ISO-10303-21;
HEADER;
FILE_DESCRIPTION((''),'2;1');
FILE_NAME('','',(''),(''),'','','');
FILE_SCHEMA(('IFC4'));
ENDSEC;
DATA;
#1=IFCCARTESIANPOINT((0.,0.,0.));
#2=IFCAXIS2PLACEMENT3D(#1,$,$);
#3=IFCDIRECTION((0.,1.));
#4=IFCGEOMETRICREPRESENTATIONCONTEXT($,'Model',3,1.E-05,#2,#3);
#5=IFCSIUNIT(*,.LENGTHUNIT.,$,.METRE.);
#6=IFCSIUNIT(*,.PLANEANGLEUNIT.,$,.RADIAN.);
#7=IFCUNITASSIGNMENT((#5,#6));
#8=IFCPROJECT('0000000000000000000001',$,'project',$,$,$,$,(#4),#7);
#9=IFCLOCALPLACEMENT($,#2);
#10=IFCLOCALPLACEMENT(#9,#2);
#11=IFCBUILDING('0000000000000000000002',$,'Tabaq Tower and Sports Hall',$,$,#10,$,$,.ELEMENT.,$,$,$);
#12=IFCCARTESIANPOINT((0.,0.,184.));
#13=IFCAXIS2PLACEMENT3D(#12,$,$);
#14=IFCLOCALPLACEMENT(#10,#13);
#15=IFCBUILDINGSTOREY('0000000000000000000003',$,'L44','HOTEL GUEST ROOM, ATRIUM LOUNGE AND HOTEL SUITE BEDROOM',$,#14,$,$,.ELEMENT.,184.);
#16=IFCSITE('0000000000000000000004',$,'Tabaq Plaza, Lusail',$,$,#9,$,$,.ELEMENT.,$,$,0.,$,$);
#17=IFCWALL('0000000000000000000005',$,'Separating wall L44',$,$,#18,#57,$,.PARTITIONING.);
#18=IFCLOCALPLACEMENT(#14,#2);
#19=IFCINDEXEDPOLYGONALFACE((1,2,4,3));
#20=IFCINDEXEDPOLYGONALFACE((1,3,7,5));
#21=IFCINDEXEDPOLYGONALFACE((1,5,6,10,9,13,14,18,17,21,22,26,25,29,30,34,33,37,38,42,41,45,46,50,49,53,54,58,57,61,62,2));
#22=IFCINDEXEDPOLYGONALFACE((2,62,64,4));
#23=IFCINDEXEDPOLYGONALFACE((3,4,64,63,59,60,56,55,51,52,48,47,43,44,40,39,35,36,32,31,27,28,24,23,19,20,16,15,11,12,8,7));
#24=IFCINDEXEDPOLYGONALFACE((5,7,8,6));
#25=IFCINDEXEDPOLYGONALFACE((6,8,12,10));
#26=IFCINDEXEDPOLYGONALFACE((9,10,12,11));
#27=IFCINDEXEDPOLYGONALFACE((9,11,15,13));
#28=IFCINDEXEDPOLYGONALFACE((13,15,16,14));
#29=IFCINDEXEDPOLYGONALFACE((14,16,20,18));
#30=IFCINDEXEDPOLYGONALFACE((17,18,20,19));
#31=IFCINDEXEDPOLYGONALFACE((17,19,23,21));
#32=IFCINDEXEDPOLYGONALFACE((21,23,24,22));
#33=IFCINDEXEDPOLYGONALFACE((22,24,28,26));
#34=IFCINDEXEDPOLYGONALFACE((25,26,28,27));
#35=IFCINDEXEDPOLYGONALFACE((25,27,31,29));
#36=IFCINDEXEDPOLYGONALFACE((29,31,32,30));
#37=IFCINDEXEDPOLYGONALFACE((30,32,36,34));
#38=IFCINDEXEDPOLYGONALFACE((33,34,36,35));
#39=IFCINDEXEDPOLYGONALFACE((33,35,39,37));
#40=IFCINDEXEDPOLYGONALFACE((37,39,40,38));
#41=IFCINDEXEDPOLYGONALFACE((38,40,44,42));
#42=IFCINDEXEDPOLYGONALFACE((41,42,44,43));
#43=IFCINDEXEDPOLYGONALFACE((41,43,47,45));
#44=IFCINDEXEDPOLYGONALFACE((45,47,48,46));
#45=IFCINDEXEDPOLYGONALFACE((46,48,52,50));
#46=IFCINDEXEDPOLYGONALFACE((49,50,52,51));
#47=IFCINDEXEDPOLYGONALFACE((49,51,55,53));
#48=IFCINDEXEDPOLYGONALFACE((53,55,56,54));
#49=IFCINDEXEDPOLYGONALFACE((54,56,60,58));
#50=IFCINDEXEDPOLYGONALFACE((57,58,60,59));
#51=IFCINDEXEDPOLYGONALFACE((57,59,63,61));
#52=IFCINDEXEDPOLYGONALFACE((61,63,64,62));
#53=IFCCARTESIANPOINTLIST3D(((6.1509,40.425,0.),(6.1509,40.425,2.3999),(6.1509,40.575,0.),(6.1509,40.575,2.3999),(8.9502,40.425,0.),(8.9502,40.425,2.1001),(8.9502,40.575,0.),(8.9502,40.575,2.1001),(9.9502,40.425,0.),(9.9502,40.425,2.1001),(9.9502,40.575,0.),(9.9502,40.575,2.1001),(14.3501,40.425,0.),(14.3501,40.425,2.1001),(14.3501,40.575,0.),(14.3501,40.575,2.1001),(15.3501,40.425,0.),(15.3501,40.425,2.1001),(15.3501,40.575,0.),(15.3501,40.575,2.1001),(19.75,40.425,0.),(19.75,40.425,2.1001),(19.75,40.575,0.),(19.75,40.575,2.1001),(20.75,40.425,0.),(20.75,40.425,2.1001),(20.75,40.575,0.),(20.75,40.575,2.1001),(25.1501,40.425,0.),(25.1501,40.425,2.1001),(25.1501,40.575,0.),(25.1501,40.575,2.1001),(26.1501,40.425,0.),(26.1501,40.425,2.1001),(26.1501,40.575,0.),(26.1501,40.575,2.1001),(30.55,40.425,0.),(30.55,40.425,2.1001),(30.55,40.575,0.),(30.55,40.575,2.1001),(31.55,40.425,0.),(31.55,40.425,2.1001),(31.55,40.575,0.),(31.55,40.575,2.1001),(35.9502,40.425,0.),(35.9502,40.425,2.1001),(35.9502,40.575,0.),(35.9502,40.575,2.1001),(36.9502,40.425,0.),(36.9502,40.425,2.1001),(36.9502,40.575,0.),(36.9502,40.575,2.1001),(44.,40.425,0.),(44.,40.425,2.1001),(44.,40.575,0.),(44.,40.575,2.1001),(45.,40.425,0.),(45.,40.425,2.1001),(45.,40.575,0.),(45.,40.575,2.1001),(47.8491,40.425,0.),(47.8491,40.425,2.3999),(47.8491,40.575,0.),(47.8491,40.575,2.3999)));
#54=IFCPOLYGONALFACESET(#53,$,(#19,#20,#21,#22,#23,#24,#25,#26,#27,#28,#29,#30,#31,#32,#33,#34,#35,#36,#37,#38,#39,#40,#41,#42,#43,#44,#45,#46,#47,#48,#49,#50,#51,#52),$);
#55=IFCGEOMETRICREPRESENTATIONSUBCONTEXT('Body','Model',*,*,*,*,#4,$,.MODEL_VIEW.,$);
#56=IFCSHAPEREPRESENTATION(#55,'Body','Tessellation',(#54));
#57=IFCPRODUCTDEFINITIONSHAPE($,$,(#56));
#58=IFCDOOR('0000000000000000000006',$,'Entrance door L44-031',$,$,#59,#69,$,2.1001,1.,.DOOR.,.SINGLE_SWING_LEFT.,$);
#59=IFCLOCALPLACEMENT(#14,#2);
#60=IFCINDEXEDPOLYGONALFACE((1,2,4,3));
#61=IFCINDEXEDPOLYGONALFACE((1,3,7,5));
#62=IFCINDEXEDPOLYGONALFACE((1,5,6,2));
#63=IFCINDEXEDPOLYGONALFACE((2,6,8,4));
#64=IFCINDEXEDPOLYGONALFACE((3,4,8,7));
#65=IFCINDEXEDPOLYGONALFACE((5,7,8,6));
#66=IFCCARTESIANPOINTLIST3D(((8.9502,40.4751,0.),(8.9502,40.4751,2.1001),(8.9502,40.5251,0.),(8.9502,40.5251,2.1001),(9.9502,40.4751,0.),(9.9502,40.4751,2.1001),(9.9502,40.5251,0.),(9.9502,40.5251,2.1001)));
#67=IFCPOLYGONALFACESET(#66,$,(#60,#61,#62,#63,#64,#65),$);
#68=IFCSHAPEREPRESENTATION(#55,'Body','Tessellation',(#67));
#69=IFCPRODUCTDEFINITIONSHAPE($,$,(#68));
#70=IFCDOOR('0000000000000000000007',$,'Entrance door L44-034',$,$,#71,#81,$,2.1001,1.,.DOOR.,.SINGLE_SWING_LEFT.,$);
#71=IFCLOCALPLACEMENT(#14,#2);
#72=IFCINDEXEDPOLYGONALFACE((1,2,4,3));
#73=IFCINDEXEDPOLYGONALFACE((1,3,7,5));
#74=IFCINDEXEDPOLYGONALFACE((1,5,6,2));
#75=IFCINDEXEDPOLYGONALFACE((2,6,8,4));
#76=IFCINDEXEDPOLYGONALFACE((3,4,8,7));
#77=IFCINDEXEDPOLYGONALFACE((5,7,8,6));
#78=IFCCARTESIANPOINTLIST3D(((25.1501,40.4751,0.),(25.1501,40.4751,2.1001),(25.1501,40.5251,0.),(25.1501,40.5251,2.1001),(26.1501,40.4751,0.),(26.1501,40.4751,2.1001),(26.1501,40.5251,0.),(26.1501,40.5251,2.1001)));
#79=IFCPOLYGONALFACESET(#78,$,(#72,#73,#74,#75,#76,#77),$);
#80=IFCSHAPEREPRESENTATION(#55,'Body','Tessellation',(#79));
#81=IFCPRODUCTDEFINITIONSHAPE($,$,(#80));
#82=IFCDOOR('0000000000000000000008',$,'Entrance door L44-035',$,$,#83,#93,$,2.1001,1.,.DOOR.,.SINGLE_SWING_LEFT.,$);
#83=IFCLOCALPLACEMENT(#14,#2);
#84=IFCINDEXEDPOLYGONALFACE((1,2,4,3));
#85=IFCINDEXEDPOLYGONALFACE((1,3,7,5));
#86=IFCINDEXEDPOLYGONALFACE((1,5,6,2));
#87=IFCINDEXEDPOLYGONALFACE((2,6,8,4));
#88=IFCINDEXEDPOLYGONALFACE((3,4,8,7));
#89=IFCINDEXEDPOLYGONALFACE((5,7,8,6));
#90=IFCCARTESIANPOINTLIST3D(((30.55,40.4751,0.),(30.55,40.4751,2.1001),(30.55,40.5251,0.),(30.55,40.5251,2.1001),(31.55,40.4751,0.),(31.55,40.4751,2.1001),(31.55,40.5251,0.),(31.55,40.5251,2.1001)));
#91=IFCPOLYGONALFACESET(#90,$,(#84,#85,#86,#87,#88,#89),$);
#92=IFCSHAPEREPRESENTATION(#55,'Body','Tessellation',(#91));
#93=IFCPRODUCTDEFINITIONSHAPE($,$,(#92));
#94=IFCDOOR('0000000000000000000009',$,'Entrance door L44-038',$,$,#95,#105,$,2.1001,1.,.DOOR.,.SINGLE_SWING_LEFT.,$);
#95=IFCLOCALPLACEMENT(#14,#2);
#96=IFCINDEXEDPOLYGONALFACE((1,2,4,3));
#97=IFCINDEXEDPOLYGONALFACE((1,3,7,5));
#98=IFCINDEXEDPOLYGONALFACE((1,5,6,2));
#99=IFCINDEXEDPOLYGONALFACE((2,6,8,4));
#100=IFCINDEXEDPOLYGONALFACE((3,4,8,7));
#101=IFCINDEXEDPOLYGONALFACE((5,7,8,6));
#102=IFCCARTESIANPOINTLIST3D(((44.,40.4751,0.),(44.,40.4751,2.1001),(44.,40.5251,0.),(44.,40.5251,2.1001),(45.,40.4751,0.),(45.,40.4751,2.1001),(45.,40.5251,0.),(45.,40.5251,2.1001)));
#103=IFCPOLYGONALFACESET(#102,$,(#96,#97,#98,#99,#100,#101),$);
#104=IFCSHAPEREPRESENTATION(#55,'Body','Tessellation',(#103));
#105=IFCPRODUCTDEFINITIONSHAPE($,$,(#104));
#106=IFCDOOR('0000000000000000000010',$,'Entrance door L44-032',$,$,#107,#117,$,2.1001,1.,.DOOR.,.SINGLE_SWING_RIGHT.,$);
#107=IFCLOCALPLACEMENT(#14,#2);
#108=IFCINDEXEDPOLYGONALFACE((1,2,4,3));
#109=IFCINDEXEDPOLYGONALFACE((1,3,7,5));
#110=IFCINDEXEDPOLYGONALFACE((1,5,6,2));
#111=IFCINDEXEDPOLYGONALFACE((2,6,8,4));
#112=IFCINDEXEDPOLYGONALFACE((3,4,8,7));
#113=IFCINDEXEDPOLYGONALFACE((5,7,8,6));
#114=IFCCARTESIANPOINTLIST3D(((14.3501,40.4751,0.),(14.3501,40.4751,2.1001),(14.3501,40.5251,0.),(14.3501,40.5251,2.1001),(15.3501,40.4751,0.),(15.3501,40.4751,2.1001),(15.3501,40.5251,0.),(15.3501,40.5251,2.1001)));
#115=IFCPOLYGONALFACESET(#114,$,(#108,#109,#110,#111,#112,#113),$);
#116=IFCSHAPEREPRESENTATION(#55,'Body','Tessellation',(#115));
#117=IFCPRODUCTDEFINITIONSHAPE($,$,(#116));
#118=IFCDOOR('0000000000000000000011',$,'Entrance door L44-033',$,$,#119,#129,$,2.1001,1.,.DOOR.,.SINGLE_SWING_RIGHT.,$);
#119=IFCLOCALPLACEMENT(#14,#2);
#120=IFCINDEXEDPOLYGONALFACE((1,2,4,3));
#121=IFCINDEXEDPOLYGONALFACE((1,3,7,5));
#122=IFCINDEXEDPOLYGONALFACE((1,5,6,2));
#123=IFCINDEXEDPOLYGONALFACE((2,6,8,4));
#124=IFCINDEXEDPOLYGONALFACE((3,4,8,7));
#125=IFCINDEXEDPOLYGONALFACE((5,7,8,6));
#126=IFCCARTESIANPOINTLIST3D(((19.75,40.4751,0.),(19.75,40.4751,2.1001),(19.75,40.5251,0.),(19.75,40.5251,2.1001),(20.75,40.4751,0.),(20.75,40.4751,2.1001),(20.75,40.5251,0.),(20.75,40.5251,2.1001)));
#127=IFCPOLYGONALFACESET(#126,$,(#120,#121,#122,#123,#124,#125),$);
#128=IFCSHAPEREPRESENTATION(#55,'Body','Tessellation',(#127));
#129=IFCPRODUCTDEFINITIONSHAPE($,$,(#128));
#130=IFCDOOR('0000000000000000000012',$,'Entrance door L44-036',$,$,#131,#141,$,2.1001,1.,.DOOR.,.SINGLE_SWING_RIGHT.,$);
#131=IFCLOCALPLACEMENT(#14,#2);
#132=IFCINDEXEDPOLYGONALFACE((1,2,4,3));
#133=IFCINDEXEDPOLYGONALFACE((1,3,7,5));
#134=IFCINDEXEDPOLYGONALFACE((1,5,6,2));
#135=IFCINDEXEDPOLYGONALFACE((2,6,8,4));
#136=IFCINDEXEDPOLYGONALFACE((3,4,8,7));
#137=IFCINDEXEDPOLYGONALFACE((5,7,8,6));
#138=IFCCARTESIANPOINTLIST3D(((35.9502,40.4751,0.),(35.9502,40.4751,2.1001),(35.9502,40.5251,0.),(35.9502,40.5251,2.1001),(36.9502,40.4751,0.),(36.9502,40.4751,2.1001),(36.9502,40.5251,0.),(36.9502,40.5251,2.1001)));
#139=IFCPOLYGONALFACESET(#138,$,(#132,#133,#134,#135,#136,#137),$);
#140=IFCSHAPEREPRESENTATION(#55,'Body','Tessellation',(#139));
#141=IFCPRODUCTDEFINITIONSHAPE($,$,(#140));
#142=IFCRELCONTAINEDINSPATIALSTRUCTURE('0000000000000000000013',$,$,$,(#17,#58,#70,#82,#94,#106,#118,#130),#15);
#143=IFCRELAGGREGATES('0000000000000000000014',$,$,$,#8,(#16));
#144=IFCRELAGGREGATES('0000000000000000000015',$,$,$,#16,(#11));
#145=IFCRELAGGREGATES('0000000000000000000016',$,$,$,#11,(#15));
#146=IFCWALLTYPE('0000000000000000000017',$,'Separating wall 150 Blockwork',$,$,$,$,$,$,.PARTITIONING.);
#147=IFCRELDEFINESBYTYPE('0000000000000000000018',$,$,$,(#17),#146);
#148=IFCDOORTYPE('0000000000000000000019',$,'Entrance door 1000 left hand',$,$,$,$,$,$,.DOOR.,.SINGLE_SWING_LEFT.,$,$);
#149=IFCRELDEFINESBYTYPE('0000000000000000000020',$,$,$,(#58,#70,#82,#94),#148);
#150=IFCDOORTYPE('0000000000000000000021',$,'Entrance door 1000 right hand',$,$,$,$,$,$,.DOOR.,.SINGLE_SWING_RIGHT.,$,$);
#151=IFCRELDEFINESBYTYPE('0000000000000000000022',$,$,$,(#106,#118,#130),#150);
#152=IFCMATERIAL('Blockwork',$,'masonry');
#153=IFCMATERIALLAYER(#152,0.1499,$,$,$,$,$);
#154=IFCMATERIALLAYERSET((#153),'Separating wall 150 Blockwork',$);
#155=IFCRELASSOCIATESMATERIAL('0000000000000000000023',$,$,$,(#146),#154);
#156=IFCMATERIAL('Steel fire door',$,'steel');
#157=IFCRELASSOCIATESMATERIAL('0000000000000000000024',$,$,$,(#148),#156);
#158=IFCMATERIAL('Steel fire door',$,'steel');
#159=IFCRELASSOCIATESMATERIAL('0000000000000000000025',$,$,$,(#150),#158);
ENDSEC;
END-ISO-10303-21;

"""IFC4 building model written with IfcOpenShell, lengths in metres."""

from ifc_helpers import new_model, si_unit, direction, frame, frame_2d, origin, place, context, subcontext, project, spatial, rectangle, extrude, material, layer, layer_set, type_object, element, fill, save


model = new_model("IFC4")

# Units and contexts
model_context = context("Model", 3, precision=1e-05, world=origin(), true_north=direction((0.0, 1.0)))
body_context = subcontext(model_context, "Body", "Model", "MODEL_VIEW")
ifc_project = project(units=[si_unit("LENGTHUNIT", "METRE"), si_unit("PLANEANGLEUNIT", "RADIAN")], contexts=[model_context])

# Site, building, storey
site_placement = place(None, origin())
site = spatial("IfcSite", under=ifc_project, at=site_placement, Name="Tabaq Plaza, Lusail", CompositionType="ELEMENT", RefElevation=0.0)
building_placement = place(site_placement, origin())
building = spatial("IfcBuilding", under=site, at=building_placement, Name="Tabaq Tower and Sports Hall", CompositionType="ELEMENT")
storey_placement = place(building_placement, frame((0.0, 0.0, 184.0)))
storey = spatial("IfcBuildingStorey", under=building, at=storey_placement, Name="L44", Description="HOTEL GUEST ROOM, ATRIUM LOUNGE AND HOTEL SUITE BEDROOM", CompositionType="ELEMENT", Elevation=184.0)

# Wall, openings, doors
ifc_material_1 = material(Name="Blockwork", Category="masonry")
ifc_layer_1 = layer(ifc_material_1, 0.1499)
ifc_layer_set_1 = layer_set([ifc_layer_1], Name="Separating wall 150 Blockwork")
wall_type_1 = type_object("IfcWallType", Name="Separating wall 150 Blockwork", PredefinedType="PARTITIONING", material=ifc_layer_set_1)
wall_1_placement = place(storey_placement, frame((47.8491, 40.5, 0.0), z_axis=(0.0, 0.0, 1.0), x_axis=(-1.0, 0.0, 0.0)))
wall_1 = element("IfcWall", 1, at=wall_1_placement, inside=storey, type_object=wall_type_1, Name="Separating wall L44", PredefinedType="PARTITIONING", context=body_context, shape_type="SweptSolid", body=[
    extrude(rectangle(XDim=41.6982, YDim=0.1499, at=frame_2d((20.8491, 0.0))), origin(), (0.0, 0.0, 1.0), 2.3999),
])
opening_1_placement = place(wall_1_placement, frame((37.8989, 0.0, 0.0)))
opening_1 = element("IfcOpeningElement", 2, at=opening_1_placement, cuts=wall_1, PredefinedType="OPENING", context=body_context, shape_type="SweptSolid", body=[
    extrude(rectangle(XDim=1.0, YDim=2.1001, at=frame_2d((0.5, 1.05))), frame((0.0, 0.075, 0.0), z_axis=(0.0, -1.0, 0.0), x_axis=(1.0, 0.0, 0.0)), (0.0, 0.0, 1.0), 0.1499),
])
opening_2_placement = place(wall_1_placement, frame((32.499, 0.0, 0.0)))
opening_2 = element("IfcOpeningElement", 3, at=opening_2_placement, cuts=wall_1, PredefinedType="OPENING", context=body_context, shape_type="SweptSolid", body=[
    extrude(rectangle(XDim=1.0, YDim=2.1001, at=frame_2d((0.5, 1.05))), frame((0.0, 0.075, 0.0), z_axis=(0.0, -1.0, 0.0), x_axis=(1.0, 0.0, 0.0)), (0.0, 0.0, 1.0), 0.1499),
])
opening_3_placement = place(wall_1_placement, frame((27.0991, 0.0, 0.0)))
opening_3 = element("IfcOpeningElement", 4, at=opening_3_placement, cuts=wall_1, PredefinedType="OPENING", context=body_context, shape_type="SweptSolid", body=[
    extrude(rectangle(XDim=1.0, YDim=2.1001, at=frame_2d((0.5, 1.05))), frame((0.0, 0.075, 0.0), z_axis=(0.0, -1.0, 0.0), x_axis=(1.0, 0.0, 0.0)), (0.0, 0.0, 1.0), 0.1499),
])
opening_4_placement = place(wall_1_placement, frame((21.699, 0.0, 0.0)))
opening_4 = element("IfcOpeningElement", 5, at=opening_4_placement, cuts=wall_1, PredefinedType="OPENING", context=body_context, shape_type="SweptSolid", body=[
    extrude(rectangle(XDim=1.0, YDim=2.1001, at=frame_2d((0.5, 1.05))), frame((0.0, 0.075, 0.0), z_axis=(0.0, -1.0, 0.0), x_axis=(1.0, 0.0, 0.0)), (0.0, 0.0, 1.0), 0.1499),
])
opening_5_placement = place(wall_1_placement, frame((16.2991, 0.0, 0.0)))
opening_5 = element("IfcOpeningElement", 6, at=opening_5_placement, cuts=wall_1, PredefinedType="OPENING", context=body_context, shape_type="SweptSolid", body=[
    extrude(rectangle(XDim=1.0, YDim=2.1001, at=frame_2d((0.5, 1.05))), frame((0.0, 0.075, 0.0), z_axis=(0.0, -1.0, 0.0), x_axis=(1.0, 0.0, 0.0)), (0.0, 0.0, 1.0), 0.1499),
])
opening_6_placement = place(wall_1_placement, frame((10.8989, 0.0, 0.0)))
opening_6 = element("IfcOpeningElement", 7, at=opening_6_placement, cuts=wall_1, PredefinedType="OPENING", context=body_context, shape_type="SweptSolid", body=[
    extrude(rectangle(XDim=1.0, YDim=2.1001, at=frame_2d((0.5, 1.05))), frame((0.0, 0.075, 0.0), z_axis=(0.0, -1.0, 0.0), x_axis=(1.0, 0.0, 0.0)), (0.0, 0.0, 1.0), 0.1499),
])
opening_7_placement = place(wall_1_placement, frame((2.8491, 0.0, 0.0)))
opening_7 = element("IfcOpeningElement", 8, at=opening_7_placement, cuts=wall_1, PredefinedType="OPENING", context=body_context, shape_type="SweptSolid", body=[
    extrude(rectangle(XDim=1.0, YDim=2.1001, at=frame_2d((0.5, 1.05))), frame((0.0, 0.075, 0.0), z_axis=(0.0, -1.0, 0.0), x_axis=(1.0, 0.0, 0.0)), (0.0, 0.0, 1.0), 0.1499),
])
ifc_material_2 = material(Name="Steel fire door", Category="steel")
door_type_1 = type_object("IfcDoorType", Name="Entrance door 1000 left hand", OperationType="SINGLE_SWING_LEFT", PredefinedType="DOOR", material=ifc_material_2)
door_1_placement = place(opening_1_placement, origin())
door_1 = element("IfcDoor", 9, at=door_1_placement, inside=storey, type_object=door_type_1, Name="Entrance door L44-031", OperationType="SINGLE_SWING_LEFT", OverallHeight=2.1001, OverallWidth=1.0, PredefinedType="DOOR", context=body_context, shape_type="SweptSolid", body=[
    extrude(rectangle(XDim=1.0, YDim=2.1001, at=frame_2d((0.5, 1.05))), frame((0.0, 0.0249, 0.0), z_axis=(0.0, -1.0, 0.0), x_axis=(1.0, 0.0, 0.0)), (0.0, 0.0, 1.0), 0.05),
])
fill(opening_1, door_1)
door_2_placement = place(opening_4_placement, origin())
door_2 = element("IfcDoor", 10, at=door_2_placement, inside=storey, type_object=door_type_1, Name="Entrance door L44-034", OperationType="SINGLE_SWING_LEFT", OverallHeight=2.1001, OverallWidth=1.0, PredefinedType="DOOR", context=body_context, shape_type="SweptSolid", body=[
    extrude(rectangle(XDim=1.0, YDim=2.1001, at=frame_2d((0.5, 1.05))), frame((0.0, 0.0249, 0.0), z_axis=(0.0, -1.0, 0.0), x_axis=(1.0, 0.0, 0.0)), (0.0, 0.0, 1.0), 0.05),
])
fill(opening_4, door_2)
door_3_placement = place(opening_5_placement, origin())
door_3 = element("IfcDoor", 11, at=door_3_placement, inside=storey, type_object=door_type_1, Name="Entrance door L44-035", OperationType="SINGLE_SWING_LEFT", OverallHeight=2.1001, OverallWidth=1.0, PredefinedType="DOOR", context=body_context, shape_type="SweptSolid", body=[
    extrude(rectangle(XDim=1.0, YDim=2.1001, at=frame_2d((0.5, 1.05))), frame((0.0, 0.0249, 0.0), z_axis=(0.0, -1.0, 0.0), x_axis=(1.0, 0.0, 0.0)), (0.0, 0.0, 1.0), 0.05),
])
fill(opening_5, door_3)
door_4_placement = place(opening_7_placement, origin())
door_4 = element("IfcDoor", 12, at=door_4_placement, inside=storey, type_object=door_type_1, Name="Entrance door L44-038", OperationType="SINGLE_SWING_LEFT", OverallHeight=2.1001, OverallWidth=1.0, PredefinedType="DOOR", context=body_context, shape_type="SweptSolid", body=[
    extrude(rectangle(XDim=1.0, YDim=2.1001, at=frame_2d((0.5, 1.05))), frame((0.0, 0.0249, 0.0), z_axis=(0.0, -1.0, 0.0), x_axis=(1.0, 0.0, 0.0)), (0.0, 0.0, 1.0), 0.05),
])
fill(opening_7, door_4)
ifc_material_3 = material(Name="Steel fire door", Category="steel")
door_type_2 = type_object("IfcDoorType", Name="Entrance door 1000 right hand", OperationType="SINGLE_SWING_RIGHT", PredefinedType="DOOR", material=ifc_material_3)
door_5_placement = place(opening_2_placement, origin())
door_5 = element("IfcDoor", 13, at=door_5_placement, inside=storey, type_object=door_type_2, Name="Entrance door L44-032", OperationType="SINGLE_SWING_RIGHT", OverallHeight=2.1001, OverallWidth=1.0, PredefinedType="DOOR", context=body_context, shape_type="SweptSolid", body=[
    extrude(rectangle(XDim=1.0, YDim=2.1001, at=frame_2d((0.5, 1.05))), frame((0.0, 0.0249, 0.0), z_axis=(0.0, -1.0, 0.0), x_axis=(1.0, 0.0, 0.0)), (0.0, 0.0, 1.0), 0.05),
])
fill(opening_2, door_5)
door_6_placement = place(opening_3_placement, origin())
door_6 = element("IfcDoor", 14, at=door_6_placement, inside=storey, type_object=door_type_2, Name="Entrance door L44-033", OperationType="SINGLE_SWING_RIGHT", OverallHeight=2.1001, OverallWidth=1.0, PredefinedType="DOOR", context=body_context, shape_type="SweptSolid", body=[
    extrude(rectangle(XDim=1.0, YDim=2.1001, at=frame_2d((0.5, 1.05))), frame((0.0, 0.0249, 0.0), z_axis=(0.0, -1.0, 0.0), x_axis=(1.0, 0.0, 0.0)), (0.0, 0.0, 1.0), 0.05),
])
fill(opening_3, door_6)
door_7_placement = place(opening_6_placement, origin())
door_7 = element("IfcDoor", 15, at=door_7_placement, inside=storey, type_object=door_type_2, Name="Entrance door L44-036", OperationType="SINGLE_SWING_RIGHT", OverallHeight=2.1001, OverallWidth=1.0, PredefinedType="DOOR", context=body_context, shape_type="SweptSolid", body=[
    extrude(rectangle(XDim=1.0, YDim=2.1001, at=frame_2d((0.5, 1.05))), frame((0.0, 0.0249, 0.0), z_axis=(0.0, -1.0, 0.0), x_axis=(1.0, 0.0, 0.0)), (0.0, 0.0, 1.0), 0.05),
])
fill(opening_6, door_7)

save(model, "model.ifc")
